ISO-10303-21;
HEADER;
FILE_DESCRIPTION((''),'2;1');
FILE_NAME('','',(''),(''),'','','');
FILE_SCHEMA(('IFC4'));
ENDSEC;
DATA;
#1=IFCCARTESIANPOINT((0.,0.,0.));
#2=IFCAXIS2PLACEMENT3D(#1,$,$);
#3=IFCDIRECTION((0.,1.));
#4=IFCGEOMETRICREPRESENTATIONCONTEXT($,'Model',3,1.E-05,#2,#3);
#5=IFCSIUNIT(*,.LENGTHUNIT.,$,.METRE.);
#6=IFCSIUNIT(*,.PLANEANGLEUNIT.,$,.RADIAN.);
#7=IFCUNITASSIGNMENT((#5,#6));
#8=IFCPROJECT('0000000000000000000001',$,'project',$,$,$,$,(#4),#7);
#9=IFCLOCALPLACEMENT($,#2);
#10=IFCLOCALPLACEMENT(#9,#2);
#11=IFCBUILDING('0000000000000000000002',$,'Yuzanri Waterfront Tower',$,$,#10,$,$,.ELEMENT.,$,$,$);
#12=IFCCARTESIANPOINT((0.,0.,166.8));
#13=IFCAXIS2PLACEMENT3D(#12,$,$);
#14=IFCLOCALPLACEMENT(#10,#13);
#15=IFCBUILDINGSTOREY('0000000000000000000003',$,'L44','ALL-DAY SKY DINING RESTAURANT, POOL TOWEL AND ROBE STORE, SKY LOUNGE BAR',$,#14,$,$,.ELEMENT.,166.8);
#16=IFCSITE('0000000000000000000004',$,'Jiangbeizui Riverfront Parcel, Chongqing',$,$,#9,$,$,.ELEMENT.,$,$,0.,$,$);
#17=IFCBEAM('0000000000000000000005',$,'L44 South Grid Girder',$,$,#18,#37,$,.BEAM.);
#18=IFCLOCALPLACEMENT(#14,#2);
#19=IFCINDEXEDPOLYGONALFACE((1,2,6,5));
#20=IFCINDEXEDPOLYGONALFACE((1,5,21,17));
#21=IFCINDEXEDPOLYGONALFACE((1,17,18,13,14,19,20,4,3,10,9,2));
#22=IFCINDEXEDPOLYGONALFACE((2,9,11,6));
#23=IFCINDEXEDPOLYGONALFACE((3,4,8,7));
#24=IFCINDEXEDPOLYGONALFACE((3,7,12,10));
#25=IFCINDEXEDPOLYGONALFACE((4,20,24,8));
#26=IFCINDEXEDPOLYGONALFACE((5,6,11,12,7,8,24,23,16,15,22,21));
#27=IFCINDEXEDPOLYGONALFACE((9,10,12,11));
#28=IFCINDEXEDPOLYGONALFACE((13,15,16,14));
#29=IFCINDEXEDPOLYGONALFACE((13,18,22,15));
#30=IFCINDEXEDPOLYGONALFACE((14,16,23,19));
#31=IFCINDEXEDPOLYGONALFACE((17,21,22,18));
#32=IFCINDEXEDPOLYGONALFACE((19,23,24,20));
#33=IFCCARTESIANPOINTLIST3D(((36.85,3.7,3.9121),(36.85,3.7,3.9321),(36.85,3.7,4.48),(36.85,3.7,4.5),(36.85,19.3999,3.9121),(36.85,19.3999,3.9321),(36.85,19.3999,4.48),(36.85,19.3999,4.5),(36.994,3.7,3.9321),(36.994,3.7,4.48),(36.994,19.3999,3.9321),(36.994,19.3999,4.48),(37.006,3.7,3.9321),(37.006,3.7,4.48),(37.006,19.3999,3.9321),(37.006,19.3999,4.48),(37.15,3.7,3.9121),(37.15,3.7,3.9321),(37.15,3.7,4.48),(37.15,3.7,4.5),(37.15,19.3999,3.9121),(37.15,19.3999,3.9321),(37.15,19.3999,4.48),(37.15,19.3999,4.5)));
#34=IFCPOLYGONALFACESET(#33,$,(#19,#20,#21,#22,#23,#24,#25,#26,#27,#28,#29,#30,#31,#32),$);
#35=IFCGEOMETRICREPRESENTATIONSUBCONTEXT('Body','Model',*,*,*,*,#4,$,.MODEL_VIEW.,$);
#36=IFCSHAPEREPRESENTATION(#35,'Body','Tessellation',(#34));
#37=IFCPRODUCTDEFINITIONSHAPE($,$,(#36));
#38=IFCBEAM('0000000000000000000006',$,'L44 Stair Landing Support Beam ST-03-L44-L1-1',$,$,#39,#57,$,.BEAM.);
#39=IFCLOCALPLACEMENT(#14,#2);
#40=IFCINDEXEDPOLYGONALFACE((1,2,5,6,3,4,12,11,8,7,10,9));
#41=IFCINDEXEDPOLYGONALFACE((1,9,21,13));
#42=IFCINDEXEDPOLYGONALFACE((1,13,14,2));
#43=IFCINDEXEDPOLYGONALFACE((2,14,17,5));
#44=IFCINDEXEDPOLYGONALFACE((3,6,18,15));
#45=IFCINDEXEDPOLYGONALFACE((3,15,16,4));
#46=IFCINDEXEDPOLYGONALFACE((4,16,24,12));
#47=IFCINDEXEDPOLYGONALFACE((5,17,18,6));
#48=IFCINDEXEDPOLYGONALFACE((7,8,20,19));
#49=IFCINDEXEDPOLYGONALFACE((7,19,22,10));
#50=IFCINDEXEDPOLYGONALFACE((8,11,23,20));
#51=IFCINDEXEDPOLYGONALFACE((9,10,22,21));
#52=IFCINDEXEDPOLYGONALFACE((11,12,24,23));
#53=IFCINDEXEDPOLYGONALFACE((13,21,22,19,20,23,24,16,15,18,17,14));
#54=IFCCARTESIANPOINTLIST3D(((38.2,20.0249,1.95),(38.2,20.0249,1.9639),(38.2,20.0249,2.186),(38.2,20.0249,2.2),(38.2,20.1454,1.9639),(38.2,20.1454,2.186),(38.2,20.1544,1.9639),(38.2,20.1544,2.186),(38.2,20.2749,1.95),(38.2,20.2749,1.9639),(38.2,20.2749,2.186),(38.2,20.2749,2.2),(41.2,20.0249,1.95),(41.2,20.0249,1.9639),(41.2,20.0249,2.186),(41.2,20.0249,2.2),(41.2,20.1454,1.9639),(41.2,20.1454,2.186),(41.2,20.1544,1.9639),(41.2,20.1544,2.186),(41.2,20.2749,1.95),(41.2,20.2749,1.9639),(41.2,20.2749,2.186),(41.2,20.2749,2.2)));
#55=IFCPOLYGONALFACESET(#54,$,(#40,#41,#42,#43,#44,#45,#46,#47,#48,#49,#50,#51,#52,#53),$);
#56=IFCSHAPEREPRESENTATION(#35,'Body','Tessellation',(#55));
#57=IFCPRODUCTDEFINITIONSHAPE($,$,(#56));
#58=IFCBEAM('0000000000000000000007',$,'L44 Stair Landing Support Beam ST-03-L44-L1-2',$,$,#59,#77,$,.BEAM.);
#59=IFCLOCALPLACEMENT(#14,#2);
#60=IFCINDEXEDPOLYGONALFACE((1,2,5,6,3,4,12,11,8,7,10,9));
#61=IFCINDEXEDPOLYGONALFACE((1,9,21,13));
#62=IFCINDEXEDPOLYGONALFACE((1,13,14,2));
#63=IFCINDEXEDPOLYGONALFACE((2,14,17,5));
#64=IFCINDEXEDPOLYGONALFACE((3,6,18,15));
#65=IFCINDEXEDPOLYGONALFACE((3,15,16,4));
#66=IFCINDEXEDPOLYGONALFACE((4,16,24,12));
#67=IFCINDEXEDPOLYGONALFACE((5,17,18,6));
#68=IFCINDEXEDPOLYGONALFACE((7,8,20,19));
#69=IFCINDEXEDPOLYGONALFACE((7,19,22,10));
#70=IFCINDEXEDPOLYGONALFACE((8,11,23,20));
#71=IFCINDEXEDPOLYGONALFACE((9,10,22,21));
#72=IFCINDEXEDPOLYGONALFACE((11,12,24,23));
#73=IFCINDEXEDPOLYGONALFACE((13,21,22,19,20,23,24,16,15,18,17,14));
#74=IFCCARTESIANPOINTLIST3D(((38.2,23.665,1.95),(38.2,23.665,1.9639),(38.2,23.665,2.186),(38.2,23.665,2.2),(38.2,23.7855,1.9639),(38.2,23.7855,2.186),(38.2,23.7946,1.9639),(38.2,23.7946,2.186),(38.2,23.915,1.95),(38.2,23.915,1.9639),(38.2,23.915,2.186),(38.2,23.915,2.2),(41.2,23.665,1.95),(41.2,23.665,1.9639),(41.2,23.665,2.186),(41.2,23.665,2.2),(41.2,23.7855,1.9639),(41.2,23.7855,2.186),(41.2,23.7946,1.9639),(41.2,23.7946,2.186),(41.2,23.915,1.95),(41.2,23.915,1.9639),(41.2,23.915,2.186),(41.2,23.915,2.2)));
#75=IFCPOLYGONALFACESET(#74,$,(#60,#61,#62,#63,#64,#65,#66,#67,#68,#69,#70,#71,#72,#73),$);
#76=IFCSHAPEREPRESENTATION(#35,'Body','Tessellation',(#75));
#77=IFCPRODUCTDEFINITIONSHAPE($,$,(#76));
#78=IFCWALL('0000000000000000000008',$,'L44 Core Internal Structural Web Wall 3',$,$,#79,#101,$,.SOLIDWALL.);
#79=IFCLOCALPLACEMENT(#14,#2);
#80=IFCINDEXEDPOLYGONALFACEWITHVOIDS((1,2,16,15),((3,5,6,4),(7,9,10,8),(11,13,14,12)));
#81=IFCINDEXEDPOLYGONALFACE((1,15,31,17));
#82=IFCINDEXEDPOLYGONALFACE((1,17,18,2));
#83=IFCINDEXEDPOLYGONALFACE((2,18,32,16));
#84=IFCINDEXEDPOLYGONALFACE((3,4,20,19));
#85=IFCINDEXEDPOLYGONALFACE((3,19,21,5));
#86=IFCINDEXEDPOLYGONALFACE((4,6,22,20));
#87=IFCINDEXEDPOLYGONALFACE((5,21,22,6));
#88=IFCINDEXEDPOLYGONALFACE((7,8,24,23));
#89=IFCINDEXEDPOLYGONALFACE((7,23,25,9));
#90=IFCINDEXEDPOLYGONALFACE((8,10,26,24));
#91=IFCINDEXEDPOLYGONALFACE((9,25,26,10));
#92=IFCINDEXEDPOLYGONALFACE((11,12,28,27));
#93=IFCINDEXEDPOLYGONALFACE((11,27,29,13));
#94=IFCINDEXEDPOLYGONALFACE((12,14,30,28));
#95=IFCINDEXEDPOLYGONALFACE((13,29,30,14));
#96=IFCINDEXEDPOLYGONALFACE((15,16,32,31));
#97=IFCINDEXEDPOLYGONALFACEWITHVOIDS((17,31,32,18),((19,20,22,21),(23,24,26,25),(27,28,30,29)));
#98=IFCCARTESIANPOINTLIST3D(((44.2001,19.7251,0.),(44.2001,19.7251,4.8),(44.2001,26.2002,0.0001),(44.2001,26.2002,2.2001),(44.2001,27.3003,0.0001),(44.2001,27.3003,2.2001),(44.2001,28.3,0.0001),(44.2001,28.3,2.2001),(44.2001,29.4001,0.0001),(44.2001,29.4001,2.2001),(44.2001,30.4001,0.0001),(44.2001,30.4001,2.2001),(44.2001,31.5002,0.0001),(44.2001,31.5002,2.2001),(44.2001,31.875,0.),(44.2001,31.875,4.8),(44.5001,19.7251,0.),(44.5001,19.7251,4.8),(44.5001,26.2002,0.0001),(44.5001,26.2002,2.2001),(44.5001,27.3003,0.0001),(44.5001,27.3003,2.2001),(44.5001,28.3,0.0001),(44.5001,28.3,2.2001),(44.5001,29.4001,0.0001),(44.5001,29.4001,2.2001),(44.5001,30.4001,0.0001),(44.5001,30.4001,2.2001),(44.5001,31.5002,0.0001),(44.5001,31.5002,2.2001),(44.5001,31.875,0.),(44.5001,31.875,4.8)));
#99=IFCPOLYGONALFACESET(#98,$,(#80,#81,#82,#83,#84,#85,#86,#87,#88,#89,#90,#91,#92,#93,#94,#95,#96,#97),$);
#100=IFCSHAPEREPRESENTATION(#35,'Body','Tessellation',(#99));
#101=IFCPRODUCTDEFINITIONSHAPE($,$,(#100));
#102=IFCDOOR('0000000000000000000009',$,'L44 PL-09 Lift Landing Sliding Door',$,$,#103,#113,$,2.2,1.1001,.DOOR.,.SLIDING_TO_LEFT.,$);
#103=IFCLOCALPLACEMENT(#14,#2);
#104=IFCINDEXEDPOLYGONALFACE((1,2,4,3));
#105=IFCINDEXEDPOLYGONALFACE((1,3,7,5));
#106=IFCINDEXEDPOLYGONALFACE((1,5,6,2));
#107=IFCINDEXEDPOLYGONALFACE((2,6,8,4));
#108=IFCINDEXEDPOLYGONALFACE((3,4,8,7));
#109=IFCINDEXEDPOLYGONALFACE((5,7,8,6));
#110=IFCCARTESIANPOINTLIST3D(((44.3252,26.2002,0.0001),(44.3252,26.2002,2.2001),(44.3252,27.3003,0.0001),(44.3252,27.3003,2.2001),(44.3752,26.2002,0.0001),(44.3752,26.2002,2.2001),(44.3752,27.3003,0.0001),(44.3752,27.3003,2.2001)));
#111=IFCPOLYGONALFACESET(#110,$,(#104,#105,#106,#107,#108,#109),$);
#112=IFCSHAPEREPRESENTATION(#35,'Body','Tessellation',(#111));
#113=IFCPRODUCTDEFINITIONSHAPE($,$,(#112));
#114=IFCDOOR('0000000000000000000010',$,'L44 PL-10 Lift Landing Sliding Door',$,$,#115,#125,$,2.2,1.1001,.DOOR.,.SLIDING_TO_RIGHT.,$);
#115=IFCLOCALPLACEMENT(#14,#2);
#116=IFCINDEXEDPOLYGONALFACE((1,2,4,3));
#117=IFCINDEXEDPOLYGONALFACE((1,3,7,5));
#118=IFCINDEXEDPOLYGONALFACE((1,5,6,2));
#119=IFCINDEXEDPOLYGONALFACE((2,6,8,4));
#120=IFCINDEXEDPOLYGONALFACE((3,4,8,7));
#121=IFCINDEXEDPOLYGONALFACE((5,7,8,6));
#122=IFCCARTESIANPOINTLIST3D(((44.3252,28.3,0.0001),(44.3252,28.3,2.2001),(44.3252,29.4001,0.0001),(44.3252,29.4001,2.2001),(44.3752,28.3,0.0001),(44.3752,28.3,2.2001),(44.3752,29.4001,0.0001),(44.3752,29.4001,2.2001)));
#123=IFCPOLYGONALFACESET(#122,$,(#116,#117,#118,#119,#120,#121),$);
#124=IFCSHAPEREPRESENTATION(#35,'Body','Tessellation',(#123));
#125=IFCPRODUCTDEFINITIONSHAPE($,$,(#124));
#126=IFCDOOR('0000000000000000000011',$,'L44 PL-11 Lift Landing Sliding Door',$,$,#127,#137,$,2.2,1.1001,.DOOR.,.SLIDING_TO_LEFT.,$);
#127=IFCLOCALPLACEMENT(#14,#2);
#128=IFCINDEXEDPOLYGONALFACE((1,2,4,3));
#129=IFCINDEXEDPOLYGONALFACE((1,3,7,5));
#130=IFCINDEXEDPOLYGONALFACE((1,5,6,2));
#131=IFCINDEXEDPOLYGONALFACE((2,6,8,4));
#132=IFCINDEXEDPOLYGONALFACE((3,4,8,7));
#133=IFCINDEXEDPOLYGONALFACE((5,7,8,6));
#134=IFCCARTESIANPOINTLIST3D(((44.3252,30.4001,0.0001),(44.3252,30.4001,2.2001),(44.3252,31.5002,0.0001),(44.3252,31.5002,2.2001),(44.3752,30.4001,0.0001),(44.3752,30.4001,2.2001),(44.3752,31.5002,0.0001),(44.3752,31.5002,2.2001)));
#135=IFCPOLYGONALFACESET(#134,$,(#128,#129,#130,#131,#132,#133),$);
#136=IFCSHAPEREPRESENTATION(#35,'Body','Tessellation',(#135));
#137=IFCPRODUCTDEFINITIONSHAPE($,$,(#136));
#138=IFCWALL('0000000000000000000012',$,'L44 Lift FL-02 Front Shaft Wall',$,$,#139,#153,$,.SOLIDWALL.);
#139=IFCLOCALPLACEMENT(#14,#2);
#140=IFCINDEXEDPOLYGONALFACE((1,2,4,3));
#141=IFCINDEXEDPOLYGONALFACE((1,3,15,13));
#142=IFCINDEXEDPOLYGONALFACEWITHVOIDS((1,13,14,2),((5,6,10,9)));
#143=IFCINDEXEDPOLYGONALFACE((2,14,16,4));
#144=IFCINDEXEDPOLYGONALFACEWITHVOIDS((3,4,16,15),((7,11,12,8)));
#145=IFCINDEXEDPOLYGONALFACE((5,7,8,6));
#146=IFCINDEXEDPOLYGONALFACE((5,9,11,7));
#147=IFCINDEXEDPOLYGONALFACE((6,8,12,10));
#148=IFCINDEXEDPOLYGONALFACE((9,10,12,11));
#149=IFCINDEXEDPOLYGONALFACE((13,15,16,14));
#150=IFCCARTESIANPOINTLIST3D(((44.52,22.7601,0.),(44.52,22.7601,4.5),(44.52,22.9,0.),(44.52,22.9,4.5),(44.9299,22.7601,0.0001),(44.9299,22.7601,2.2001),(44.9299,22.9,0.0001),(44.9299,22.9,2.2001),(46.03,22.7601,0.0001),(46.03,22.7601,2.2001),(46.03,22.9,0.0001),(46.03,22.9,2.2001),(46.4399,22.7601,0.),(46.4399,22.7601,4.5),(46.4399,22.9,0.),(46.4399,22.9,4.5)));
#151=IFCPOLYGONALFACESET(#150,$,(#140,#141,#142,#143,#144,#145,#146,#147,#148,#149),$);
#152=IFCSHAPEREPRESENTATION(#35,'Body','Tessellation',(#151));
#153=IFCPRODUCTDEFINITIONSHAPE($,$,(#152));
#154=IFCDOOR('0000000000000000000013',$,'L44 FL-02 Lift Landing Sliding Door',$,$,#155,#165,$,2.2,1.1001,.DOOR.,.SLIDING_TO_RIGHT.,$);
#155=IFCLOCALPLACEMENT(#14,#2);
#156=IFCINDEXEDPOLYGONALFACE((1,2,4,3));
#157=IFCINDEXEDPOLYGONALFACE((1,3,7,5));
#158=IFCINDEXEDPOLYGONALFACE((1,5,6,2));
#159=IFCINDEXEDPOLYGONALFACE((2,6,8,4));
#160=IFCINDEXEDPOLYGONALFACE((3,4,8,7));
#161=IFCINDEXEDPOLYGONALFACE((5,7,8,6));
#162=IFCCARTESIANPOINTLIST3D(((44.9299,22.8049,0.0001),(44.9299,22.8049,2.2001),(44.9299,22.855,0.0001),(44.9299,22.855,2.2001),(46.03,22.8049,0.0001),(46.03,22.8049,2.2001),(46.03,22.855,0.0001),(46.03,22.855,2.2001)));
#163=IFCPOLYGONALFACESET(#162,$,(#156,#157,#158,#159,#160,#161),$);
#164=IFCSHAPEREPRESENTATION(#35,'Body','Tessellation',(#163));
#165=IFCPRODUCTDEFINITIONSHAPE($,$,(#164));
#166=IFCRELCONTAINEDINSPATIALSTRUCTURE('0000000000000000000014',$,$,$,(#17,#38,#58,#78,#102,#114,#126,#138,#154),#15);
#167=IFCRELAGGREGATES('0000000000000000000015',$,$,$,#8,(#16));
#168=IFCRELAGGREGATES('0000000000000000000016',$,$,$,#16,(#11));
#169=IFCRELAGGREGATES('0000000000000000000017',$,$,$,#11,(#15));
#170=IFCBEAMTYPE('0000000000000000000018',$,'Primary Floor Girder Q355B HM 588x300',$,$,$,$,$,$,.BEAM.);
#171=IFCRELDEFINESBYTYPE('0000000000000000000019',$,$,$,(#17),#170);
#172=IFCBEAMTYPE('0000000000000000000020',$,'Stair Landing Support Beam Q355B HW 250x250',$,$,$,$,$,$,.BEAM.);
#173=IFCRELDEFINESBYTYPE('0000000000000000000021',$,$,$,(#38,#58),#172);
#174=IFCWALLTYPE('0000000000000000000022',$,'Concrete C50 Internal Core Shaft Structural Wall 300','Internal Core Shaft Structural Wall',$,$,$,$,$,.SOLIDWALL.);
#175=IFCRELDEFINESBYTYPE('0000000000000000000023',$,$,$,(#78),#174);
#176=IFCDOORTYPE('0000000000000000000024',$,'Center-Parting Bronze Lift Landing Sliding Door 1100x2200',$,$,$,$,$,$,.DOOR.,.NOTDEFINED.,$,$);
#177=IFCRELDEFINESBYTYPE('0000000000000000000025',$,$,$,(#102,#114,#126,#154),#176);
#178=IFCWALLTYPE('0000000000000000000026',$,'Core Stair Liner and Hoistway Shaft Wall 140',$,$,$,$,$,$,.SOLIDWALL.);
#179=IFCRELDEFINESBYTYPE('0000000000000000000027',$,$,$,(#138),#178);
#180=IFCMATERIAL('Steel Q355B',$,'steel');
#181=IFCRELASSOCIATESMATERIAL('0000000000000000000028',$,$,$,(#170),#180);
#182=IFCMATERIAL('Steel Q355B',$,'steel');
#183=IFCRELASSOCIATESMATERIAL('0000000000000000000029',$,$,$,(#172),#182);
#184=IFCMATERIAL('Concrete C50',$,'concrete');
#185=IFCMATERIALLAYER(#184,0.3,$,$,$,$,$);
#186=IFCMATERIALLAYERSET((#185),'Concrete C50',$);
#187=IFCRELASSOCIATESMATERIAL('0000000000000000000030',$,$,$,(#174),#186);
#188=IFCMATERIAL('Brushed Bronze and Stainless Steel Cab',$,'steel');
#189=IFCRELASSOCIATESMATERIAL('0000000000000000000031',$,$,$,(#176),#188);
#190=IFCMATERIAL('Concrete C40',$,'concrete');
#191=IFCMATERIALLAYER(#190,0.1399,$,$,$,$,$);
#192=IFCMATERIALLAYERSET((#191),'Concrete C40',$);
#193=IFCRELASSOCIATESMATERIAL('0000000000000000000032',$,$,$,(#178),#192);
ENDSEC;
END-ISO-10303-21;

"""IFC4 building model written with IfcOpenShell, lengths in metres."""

from ifc_helpers import new_model, si_unit, direction, frame, frame_2d, origin, origin_2d, place, context, subcontext, project, spatial, rectangle, i_section, extrude, source, transform, mapped, material, layer, layer_set, material_profile, profile_set, type_object, element, fill, save


model = new_model("IFC4")

# Units and contexts
model_context = context("Model", 3, precision=1e-05, world=origin(), true_north=direction((0.0, 1.0)))
body_context = subcontext(model_context, "Body", "Model", "MODEL_VIEW")
ifc_project = project(units=[si_unit("LENGTHUNIT", "METRE"), si_unit("PLANEANGLEUNIT", "RADIAN")], contexts=[model_context])

# Site, building, storey
site_placement = place(None, origin())
site = spatial("IfcSite", under=ifc_project, at=site_placement, Name="Jiangbeizui Riverfront Parcel, Chongqing", CompositionType="ELEMENT", RefElevation=0.0)
building_placement = place(site_placement, origin())
building = spatial("IfcBuilding", under=site, at=building_placement, Name="Yuzanri Waterfront Tower", CompositionType="ELEMENT")
storey_placement = place(building_placement, frame((0.0, 0.0, 166.8)))
storey = spatial("IfcBuildingStorey", under=building, at=storey_placement, Name="L44", Description="ALL-DAY SKY DINING RESTAURANT, POOL TOWEL AND ROBE STORE, SKY LOUNGE BAR", CompositionType="ELEMENT", Elevation=166.8)

# Beams
ifc_material_1 = material(Name="Steel Q355B", Category="steel")
ifc_material_profile_1 = material_profile(ifc_material_1, i_section(OverallWidth=0.3, OverallDepth=0.5879, WebThickness=0.012, FlangeThickness=0.02, at=origin_2d()), Name="HM 588x300x12x20")
ifc_profile_set_1 = profile_set([ifc_material_profile_1], Name="Steel Q355B")
beam_type_1 = type_object("IfcBeamType", Name="Primary Floor Girder Q355B HM 588x300", PredefinedType="BEAM", material=ifc_profile_set_1)
shared_shape_1 = source(origin(), body_context, "Body", "SweptSolid", [
    extrude(i_section(OverallWidth=0.3, OverallDepth=0.5879, WebThickness=0.012, FlangeThickness=0.02, at=origin_2d()), origin(), (0.0, 0.0, 1.0), 15.7),
])
beam_placement = place(storey_placement, frame((37.0, 19.3999, 4.2061), z_axis=(0.0, -1.0, 0.0), x_axis=(1.0, 0.0, 0.0)))
element("IfcBeam", 1, at=beam_placement, inside=storey, type_object=beam_type_1, Name="L44 South Grid Girder", PredefinedType="BEAM", context=body_context, shape_type="MappedRepresentation", body=[
    mapped(shared_shape_1, transform((0.0, 0.0, 0.0), scale=1.0)),
])
ifc_material_2 = material(Name="Steel Q355B", Category="steel")
ifc_material_profile_2 = material_profile(ifc_material_2, i_section(OverallWidth=0.25, OverallDepth=0.25, WebThickness=0.009, FlangeThickness=0.0139, at=origin_2d()), Name="HW 250x250x9x14")
ifc_profile_set_2 = profile_set([ifc_material_profile_2], Name="Steel Q355B")
beam_type_2 = type_object("IfcBeamType", Name="Stair Landing Support Beam Q355B HW 250x250", PredefinedType="BEAM", material=ifc_profile_set_2)
shared_shape_2 = source(origin(), body_context, "Body", "SweptSolid", [
    extrude(i_section(OverallWidth=0.25, OverallDepth=0.25, WebThickness=0.009, FlangeThickness=0.0139, at=origin_2d()), origin(), (0.0, 0.0, 1.0), 3.0),
])
for number, where, z_axis, x_axis, name in (
    (2, (38.2, 20.1499, 2.075), (1.0, 0.0, 0.0), (0.0, 1.0, 0.0), "L44 Stair Landing Support Beam ST-03-L44-L1-1"),
    (3, (38.2, 23.79, 2.075), (1.0, 0.0, 0.0), (0.0, 1.0, 0.0), "L44 Stair Landing Support Beam ST-03-L44-L1-2"),
):
    element("IfcBeam", number, at=place(storey_placement, frame(where, z_axis=z_axis, x_axis=x_axis)), inside=storey, type_object=beam_type_2, Name=name, PredefinedType="BEAM", context=body_context, shape_type="MappedRepresentation", body=[
        mapped(shared_shape_2, transform((0.0, 0.0, 0.0), scale=1.0)),
    ])

# Wall, openings, doors
ifc_material_3 = material(Name="Concrete C50", Category="concrete")
ifc_layer_1 = layer(ifc_material_3, 0.3)
ifc_layer_set_1 = layer_set([ifc_layer_1], Name="Concrete C50")
wall_type_1 = type_object("IfcWallType", Name="Concrete C50 Internal Core Shaft Structural Wall 300", Description="Internal Core Shaft Structural Wall", PredefinedType="SOLIDWALL", material=ifc_layer_set_1)
wall_1_placement = place(storey_placement, frame((44.3501, 19.7251, 0.0), z_axis=(0.0, 0.0, 1.0), x_axis=(0.0, 1.0, 0.0)))
wall_1 = element("IfcWall", 4, at=wall_1_placement, inside=storey, type_object=wall_type_1, Name="L44 Core Internal Structural Web Wall 3", PredefinedType="SOLIDWALL", context=body_context, shape_type="SweptSolid", body=[
    extrude(rectangle(XDim=12.1499, YDim=0.3, at=frame_2d((6.075, 0.0))), origin(), (0.0, 0.0, 1.0), 4.8),
])
opening_1_placement = place(wall_1_placement, frame((6.4751, 0.0, 0.0)))
opening_1 = element("IfcOpeningElement", 5, at=opening_1_placement, cuts=wall_1, PredefinedType="OPENING", context=body_context, shape_type="SweptSolid", body=[
    extrude(rectangle(XDim=1.1001, YDim=2.2, at=frame_2d((0.55, 1.1001))), frame((0.0, 0.165, 0.0), z_axis=(0.0, -1.0, 0.0), x_axis=(1.0, 0.0, 0.0)), (0.0, 0.0, 1.0), 0.3298),
])
opening_2_placement = place(wall_1_placement, frame((8.575, 0.0, 0.0)))
opening_2 = element("IfcOpeningElement", 6, at=opening_2_placement, cuts=wall_1, PredefinedType="OPENING", context=body_context, shape_type="SweptSolid", body=[
    extrude(rectangle(XDim=1.1001, YDim=2.2, at=frame_2d((0.55, 1.1001))), frame((0.0, 0.165, 0.0), z_axis=(0.0, -1.0, 0.0), x_axis=(1.0, 0.0, 0.0)), (0.0, 0.0, 1.0), 0.3298),
])
opening_3_placement = place(wall_1_placement, frame((10.675, 0.0, 0.0)))
opening_3 = element("IfcOpeningElement", 7, at=opening_3_placement, cuts=wall_1, PredefinedType="OPENING", context=body_context, shape_type="SweptSolid", body=[
    extrude(rectangle(XDim=1.1001, YDim=2.2, at=frame_2d((0.55, 1.1001))), frame((0.0, 0.165, 0.0), z_axis=(0.0, -1.0, 0.0), x_axis=(1.0, 0.0, 0.0)), (0.0, 0.0, 1.0), 0.3298),
])
ifc_material_4 = material(Name="Brushed Bronze and Stainless Steel Cab", Category="steel")
door_type_1 = type_object("IfcDoorType", Name="Center-Parting Bronze Lift Landing Sliding Door 1100x2200", OperationType="NOTDEFINED", PredefinedType="DOOR", material=ifc_material_4)
shared_shape_3 = source(origin(), body_context, "Body", "SweptSolid", [
    extrude(rectangle(XDim=1.1001, YDim=2.2, at=frame_2d((0.55, 1.1001))), frame((0.0, 0.0249, 0.0), z_axis=(0.0, -1.0, 0.0), x_axis=(1.0, 0.0, 0.0)), (0.0, 0.0, 1.0), 0.05),
])
door_1_placement = place(opening_1_placement, origin())
door_1 = element("IfcDoor", 8, at=door_1_placement, inside=storey, type_object=door_type_1, Name="L44 PL-09 Lift Landing Sliding Door", OperationType="SLIDING_TO_LEFT", OverallHeight=2.2, OverallWidth=1.1001, PredefinedType="DOOR", context=body_context, shape_type="MappedRepresentation", body=[
    mapped(shared_shape_3, transform((0.0, 0.0, 0.0), scale=1.0)),
])
fill(opening_1, door_1)
door_2_placement = place(opening_2_placement, origin())
door_2 = element("IfcDoor", 9, at=door_2_placement, inside=storey, type_object=door_type_1, Name="L44 PL-10 Lift Landing Sliding Door", OperationType="SLIDING_TO_RIGHT", OverallHeight=2.2, OverallWidth=1.1001, PredefinedType="DOOR", context=body_context, shape_type="MappedRepresentation", body=[
    mapped(shared_shape_3, transform((0.0, 0.0, 0.0), scale=1.0)),
])
fill(opening_2, door_2)
door_3_placement = place(opening_3_placement, origin())
door_3 = element("IfcDoor", 10, at=door_3_placement, inside=storey, type_object=door_type_1, Name="L44 PL-11 Lift Landing Sliding Door", OperationType="SLIDING_TO_LEFT", OverallHeight=2.2, OverallWidth=1.1001, PredefinedType="DOOR", context=body_context, shape_type="MappedRepresentation", body=[
    mapped(shared_shape_3, transform((0.0, 0.0, 0.0), scale=1.0)),
])
fill(opening_3, door_3)

# Wall, opening, door
ifc_material_5 = material(Name="Concrete C40", Category="concrete")
ifc_layer_2 = layer(ifc_material_5, 0.1399)
ifc_layer_set_2 = layer_set([ifc_layer_2], Name="Concrete C40")
wall_type_2 = type_object("IfcWallType", Name="Core Stair Liner and Hoistway Shaft Wall 140", PredefinedType="SOLIDWALL", material=ifc_layer_set_2)
wall_2_placement = place(storey_placement, frame((44.52, 22.8301, 0.0), z_axis=(0.0, 0.0, 1.0), x_axis=(1.0, 0.0, 0.0)))
wall_2 = element("IfcWall", 11, at=wall_2_placement, inside=storey, type_object=wall_type_2, Name="L44 Lift FL-02 Front Shaft Wall", PredefinedType="SOLIDWALL", context=body_context, shape_type="SweptSolid", body=[
    extrude(rectangle(XDim=1.9199, YDim=0.1399, at=frame_2d((0.96, 0.0))), origin(), (0.0, 0.0, 1.0), 4.5),
])
opening_4_placement = place(wall_2_placement, frame((0.4099, 0.0, 0.0)))
opening_4 = element("IfcOpeningElement", 12, at=opening_4_placement, cuts=wall_2, PredefinedType="OPENING", context=body_context, shape_type="SweptSolid", body=[
    extrude(rectangle(XDim=1.1001, YDim=2.2, at=frame_2d((0.55, 1.1001))), frame((0.0, 0.085, 0.0), z_axis=(0.0, -1.0, 0.0), x_axis=(1.0, 0.0, 0.0)), (0.0, 0.0, 1.0), 0.1697),
])
door_4_placement = place(opening_4_placement, origin())
door_4 = element("IfcDoor", 13, at=door_4_placement, inside=storey, type_object=door_type_1, Name="L44 FL-02 Lift Landing Sliding Door", OperationType="SLIDING_TO_RIGHT", OverallHeight=2.2, OverallWidth=1.1001, PredefinedType="DOOR", context=body_context, shape_type="MappedRepresentation", body=[
    mapped(shared_shape_3, transform((0.0, 0.0, 0.0), scale=1.0)),
])
fill(opening_4, door_4)

save(model, "model.ifc")
